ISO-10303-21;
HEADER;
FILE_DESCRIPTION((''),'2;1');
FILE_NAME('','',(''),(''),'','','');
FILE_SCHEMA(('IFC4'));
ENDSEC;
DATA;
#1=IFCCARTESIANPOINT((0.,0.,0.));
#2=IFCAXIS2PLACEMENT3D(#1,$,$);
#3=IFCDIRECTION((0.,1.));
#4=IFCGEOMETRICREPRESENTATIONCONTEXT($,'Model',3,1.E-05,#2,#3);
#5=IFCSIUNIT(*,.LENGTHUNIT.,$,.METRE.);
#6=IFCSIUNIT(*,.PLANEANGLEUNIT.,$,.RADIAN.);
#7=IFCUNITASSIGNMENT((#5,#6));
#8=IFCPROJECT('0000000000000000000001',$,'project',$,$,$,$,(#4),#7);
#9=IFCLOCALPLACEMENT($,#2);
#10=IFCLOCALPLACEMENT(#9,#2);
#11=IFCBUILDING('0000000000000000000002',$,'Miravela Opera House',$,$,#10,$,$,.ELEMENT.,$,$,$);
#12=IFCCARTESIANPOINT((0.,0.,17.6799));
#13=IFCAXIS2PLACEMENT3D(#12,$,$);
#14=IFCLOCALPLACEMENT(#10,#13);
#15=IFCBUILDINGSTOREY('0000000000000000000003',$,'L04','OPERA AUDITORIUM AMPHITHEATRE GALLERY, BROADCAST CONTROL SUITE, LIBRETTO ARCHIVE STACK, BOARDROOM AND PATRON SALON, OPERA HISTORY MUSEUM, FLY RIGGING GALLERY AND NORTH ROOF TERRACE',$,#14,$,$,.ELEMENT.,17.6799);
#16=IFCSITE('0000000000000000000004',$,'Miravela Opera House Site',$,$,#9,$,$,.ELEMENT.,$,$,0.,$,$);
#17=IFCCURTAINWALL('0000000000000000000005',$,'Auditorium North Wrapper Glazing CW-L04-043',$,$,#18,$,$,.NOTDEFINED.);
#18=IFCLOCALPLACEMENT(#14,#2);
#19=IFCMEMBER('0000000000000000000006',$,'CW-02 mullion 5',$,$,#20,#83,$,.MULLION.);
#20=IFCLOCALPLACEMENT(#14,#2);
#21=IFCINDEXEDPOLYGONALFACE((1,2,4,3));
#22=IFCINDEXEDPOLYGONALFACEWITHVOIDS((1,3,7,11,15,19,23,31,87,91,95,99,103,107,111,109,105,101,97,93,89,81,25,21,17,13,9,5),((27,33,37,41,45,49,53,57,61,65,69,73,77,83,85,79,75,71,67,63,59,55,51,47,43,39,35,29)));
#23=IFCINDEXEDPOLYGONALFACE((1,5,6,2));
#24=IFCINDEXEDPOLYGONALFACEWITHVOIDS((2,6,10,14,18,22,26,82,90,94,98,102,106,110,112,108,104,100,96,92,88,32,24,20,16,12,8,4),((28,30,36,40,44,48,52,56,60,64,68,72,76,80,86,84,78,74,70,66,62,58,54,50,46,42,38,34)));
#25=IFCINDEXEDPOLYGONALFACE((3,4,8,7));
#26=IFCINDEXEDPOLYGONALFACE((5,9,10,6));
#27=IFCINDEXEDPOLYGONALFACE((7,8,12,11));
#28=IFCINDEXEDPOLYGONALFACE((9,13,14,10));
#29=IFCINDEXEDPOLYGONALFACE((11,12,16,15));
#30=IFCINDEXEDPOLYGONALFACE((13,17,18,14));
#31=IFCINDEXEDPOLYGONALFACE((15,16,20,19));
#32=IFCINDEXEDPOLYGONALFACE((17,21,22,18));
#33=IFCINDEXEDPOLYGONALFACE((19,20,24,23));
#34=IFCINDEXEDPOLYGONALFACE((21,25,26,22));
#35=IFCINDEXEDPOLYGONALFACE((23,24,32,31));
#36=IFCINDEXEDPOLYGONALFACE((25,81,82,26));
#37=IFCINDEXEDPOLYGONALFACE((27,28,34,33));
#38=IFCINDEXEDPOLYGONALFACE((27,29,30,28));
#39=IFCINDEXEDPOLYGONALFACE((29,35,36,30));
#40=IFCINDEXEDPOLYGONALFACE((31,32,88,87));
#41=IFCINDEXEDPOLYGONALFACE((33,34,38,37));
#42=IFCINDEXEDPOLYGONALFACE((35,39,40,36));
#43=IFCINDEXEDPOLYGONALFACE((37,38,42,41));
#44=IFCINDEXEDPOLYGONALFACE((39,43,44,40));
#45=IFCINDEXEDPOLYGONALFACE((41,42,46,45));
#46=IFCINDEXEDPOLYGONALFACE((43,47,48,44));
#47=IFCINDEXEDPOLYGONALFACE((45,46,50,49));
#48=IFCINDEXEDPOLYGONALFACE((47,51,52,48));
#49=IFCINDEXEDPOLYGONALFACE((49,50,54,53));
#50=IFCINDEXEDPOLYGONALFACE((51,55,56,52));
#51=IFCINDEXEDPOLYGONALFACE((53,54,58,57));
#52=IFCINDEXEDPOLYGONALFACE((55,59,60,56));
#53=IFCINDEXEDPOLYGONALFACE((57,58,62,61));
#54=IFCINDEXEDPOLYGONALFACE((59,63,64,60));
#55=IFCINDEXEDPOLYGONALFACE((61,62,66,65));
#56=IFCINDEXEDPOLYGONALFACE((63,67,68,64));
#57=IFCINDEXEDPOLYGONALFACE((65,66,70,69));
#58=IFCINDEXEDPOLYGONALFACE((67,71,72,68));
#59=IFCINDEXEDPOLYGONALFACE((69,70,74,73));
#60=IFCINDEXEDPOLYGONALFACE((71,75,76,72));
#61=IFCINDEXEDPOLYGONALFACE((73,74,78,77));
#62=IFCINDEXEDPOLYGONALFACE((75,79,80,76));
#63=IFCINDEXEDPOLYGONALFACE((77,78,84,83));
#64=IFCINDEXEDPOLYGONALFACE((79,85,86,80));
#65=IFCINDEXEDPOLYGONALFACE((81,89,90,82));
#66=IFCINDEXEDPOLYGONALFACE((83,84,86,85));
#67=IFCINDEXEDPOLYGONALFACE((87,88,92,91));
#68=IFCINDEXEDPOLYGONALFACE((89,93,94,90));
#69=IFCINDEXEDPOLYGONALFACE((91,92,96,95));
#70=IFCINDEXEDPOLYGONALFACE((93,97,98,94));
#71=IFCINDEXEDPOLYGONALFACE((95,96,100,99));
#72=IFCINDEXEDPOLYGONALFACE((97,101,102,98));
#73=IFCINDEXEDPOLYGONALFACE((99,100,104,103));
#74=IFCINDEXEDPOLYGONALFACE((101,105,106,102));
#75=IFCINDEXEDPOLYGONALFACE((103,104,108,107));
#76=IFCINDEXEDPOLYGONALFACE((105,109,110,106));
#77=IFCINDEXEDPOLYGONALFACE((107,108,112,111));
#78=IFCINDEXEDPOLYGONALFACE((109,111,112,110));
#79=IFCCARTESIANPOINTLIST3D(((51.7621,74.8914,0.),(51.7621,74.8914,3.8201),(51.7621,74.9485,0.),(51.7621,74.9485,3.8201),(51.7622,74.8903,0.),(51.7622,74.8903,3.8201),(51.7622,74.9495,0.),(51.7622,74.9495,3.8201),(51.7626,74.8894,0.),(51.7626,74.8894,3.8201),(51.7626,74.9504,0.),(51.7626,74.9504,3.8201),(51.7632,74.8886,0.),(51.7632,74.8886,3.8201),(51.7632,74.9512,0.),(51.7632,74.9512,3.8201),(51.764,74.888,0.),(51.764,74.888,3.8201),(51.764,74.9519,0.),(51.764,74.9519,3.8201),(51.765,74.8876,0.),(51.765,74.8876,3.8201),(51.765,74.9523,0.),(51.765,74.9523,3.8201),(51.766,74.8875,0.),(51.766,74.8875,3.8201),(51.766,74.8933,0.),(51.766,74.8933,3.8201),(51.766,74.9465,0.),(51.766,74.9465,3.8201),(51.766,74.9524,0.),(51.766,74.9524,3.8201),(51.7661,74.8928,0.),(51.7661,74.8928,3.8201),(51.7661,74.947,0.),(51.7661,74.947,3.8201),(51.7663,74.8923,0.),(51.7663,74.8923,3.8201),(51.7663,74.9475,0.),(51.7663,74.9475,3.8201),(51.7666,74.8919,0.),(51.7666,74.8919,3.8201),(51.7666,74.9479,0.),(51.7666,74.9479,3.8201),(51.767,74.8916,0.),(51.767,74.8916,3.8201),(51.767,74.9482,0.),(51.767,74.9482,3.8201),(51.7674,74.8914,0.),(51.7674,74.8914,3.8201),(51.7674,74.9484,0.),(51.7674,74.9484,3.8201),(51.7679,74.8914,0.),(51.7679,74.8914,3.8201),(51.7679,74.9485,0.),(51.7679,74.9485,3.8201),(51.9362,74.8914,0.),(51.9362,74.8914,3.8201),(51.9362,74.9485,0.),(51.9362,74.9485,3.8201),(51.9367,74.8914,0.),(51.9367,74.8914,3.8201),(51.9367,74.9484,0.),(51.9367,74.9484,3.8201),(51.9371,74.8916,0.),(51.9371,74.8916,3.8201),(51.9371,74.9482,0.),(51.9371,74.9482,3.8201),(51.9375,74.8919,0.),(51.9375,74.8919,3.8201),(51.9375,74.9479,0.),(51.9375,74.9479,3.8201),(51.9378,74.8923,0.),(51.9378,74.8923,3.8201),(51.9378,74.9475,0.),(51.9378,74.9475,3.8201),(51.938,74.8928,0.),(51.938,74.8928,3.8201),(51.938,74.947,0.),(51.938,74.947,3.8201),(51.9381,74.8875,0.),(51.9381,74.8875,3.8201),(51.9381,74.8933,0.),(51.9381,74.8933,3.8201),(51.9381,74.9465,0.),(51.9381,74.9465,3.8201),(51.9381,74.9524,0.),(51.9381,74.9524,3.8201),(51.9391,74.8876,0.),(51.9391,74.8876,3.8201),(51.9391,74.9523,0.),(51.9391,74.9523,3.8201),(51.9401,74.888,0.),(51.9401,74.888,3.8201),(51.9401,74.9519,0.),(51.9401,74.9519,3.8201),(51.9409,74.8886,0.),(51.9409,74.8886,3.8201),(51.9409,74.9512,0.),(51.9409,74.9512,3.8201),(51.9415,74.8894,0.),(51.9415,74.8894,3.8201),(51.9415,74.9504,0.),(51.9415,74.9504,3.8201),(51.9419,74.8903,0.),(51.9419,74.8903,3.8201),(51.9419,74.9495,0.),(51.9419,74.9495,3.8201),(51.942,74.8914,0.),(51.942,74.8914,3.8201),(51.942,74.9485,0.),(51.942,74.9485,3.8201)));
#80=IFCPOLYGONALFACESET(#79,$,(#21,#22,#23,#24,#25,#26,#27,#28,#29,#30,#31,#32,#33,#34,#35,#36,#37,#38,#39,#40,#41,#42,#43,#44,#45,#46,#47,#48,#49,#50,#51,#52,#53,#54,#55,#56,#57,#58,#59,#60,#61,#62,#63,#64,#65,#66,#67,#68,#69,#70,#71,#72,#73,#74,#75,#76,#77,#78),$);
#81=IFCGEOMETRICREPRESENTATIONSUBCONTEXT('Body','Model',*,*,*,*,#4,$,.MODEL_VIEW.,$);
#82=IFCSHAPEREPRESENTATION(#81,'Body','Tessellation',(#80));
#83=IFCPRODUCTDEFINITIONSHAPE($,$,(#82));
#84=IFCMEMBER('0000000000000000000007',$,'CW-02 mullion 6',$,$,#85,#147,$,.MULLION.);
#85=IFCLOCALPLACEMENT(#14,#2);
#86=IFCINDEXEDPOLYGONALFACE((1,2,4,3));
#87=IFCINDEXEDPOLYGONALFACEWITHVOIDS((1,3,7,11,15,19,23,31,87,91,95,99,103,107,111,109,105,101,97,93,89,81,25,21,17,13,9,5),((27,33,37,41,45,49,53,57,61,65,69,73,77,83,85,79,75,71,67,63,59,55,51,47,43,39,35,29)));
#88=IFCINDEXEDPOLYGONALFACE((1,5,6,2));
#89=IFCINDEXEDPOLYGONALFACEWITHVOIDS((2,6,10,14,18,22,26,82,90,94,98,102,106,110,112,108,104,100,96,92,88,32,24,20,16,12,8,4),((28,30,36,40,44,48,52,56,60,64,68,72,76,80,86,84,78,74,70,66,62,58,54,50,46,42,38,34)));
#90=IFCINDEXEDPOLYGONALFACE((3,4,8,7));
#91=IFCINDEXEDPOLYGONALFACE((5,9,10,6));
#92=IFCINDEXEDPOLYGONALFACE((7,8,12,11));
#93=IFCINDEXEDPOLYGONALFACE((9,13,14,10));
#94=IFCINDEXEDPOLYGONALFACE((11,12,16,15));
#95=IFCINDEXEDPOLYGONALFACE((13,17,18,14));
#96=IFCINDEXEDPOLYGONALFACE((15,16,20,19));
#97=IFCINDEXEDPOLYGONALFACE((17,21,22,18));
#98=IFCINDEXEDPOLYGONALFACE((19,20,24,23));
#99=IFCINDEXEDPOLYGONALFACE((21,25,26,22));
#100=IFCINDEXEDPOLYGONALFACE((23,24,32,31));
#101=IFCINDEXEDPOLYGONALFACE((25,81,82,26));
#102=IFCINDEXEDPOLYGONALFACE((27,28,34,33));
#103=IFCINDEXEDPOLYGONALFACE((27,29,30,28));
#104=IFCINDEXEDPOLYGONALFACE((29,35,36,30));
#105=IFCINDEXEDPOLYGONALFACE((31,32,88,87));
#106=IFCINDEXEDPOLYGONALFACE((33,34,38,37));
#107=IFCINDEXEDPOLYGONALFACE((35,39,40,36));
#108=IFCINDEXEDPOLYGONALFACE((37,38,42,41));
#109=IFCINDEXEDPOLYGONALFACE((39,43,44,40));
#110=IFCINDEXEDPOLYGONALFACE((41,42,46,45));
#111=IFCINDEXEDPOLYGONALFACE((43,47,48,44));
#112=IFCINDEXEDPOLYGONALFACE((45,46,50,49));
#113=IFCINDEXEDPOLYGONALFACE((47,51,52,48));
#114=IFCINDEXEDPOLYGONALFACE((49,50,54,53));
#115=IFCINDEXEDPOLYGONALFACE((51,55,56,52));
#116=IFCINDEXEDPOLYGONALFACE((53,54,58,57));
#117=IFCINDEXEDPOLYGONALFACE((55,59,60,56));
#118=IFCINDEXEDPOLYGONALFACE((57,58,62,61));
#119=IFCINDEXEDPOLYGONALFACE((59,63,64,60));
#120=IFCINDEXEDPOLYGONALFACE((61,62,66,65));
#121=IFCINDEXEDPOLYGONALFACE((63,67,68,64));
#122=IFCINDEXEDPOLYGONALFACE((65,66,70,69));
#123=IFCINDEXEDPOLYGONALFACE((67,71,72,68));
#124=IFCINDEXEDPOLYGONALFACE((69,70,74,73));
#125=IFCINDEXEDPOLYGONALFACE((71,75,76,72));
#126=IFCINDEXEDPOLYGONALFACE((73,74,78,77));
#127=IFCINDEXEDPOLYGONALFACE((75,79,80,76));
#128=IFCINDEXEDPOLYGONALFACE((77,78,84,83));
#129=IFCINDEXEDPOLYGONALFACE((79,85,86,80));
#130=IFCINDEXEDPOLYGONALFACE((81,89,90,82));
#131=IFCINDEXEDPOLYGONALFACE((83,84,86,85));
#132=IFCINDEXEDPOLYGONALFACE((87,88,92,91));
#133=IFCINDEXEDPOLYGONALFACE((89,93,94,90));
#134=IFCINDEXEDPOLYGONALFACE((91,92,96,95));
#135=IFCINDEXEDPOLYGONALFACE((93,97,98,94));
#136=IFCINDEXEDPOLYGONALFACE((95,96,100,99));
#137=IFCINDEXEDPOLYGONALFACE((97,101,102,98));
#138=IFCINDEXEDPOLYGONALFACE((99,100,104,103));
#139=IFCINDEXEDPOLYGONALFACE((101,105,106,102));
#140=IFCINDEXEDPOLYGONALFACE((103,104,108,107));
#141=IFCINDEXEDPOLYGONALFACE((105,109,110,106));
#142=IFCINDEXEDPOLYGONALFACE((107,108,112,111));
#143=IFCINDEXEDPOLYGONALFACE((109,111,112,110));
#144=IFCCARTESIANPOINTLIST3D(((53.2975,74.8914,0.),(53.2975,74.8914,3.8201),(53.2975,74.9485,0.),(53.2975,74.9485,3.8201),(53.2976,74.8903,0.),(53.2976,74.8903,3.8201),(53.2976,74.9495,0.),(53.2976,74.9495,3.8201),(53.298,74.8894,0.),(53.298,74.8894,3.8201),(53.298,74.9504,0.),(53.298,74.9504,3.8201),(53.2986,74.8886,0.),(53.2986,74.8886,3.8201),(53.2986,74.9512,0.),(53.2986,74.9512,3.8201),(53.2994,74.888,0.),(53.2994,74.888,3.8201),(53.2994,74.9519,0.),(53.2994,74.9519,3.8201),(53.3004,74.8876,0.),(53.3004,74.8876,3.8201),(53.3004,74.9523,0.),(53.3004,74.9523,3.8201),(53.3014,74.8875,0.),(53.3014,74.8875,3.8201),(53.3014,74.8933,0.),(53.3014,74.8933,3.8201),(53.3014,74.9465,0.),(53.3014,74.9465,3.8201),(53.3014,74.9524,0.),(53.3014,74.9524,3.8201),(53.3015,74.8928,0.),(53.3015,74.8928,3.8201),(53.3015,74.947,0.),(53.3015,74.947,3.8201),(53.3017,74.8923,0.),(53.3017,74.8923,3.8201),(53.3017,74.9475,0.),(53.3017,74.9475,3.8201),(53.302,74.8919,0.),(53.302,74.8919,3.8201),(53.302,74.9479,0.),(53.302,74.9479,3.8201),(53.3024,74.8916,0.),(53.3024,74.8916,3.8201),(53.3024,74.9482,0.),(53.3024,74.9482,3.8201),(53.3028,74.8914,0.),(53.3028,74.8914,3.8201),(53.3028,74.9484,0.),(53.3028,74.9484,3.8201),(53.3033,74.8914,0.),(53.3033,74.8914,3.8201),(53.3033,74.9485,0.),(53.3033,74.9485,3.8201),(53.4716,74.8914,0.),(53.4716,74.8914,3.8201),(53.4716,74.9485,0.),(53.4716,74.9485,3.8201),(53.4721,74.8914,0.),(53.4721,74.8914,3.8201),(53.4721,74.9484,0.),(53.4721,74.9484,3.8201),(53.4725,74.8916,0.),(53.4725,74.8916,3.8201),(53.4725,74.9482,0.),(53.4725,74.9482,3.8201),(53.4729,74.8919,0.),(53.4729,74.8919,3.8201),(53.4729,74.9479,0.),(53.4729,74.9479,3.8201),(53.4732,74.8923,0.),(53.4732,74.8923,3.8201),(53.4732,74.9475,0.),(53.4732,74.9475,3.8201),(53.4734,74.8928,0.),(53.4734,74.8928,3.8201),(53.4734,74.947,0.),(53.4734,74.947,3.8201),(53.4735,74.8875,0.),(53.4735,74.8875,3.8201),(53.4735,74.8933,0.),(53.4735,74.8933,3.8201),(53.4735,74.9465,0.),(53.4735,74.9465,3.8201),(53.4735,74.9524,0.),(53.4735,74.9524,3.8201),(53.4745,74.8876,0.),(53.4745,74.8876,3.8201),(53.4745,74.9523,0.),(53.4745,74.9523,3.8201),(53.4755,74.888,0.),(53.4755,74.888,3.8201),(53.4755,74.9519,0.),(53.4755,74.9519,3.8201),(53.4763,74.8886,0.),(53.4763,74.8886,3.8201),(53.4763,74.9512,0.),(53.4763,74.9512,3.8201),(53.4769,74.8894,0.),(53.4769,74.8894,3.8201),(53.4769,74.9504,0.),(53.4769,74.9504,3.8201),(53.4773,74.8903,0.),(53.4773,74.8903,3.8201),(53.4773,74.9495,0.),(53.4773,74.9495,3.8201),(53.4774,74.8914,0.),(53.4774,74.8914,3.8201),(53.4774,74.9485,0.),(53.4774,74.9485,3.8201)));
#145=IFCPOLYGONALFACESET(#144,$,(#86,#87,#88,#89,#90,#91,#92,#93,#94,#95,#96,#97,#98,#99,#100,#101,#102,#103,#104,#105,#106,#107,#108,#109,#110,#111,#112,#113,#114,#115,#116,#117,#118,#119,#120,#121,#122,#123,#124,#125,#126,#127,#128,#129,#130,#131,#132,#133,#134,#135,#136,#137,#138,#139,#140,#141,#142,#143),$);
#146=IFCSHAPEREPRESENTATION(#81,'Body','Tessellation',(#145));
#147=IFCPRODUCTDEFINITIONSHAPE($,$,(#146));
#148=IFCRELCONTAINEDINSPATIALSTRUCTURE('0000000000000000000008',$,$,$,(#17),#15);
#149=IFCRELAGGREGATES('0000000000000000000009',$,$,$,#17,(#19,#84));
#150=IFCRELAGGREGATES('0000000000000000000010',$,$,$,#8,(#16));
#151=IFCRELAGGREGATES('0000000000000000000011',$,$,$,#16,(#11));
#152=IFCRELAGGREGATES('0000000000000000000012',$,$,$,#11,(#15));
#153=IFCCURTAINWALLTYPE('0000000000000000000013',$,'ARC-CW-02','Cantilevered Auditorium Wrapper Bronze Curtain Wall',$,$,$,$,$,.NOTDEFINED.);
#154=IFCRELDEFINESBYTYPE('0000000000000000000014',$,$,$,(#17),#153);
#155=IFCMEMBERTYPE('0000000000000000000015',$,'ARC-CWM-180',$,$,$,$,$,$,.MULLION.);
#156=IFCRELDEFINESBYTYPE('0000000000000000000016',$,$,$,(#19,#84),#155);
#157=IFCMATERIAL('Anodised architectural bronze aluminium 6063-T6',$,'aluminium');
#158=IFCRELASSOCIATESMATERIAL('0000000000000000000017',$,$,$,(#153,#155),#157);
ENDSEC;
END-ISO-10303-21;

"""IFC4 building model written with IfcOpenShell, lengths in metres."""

from ifc_helpers import new_model, si_unit, direction, frame, origin, origin_2d, place, context, subcontext, project, spatial, hollow_rectangle, extrude, material, material_profile, profile_set, type_object, element, aggregate, save


model = new_model("IFC4")

# Units and contexts
model_context = context("Model", 3, precision=1e-05, world=origin(), true_north=direction((0.0, 1.0)))
body_context = subcontext(model_context, "Body", "Model", "MODEL_VIEW")
ifc_project = project(units=[si_unit("LENGTHUNIT", "METRE"), si_unit("PLANEANGLEUNIT", "RADIAN")], contexts=[model_context])

# Site, building, storey
site_placement = place(None, origin())
site = spatial("IfcSite", under=ifc_project, at=site_placement, Name="Miravela Opera House Site", CompositionType="ELEMENT", RefElevation=0.0)
building_placement = place(site_placement, origin())
building = spatial("IfcBuilding", under=site, at=building_placement, Name="Miravela Opera House", CompositionType="ELEMENT")
storey_placement = place(building_placement, frame((0.0, 0.0, 17.6799)))
storey = spatial("IfcBuildingStorey", under=building, at=storey_placement, Name="L04", Description="OPERA AUDITORIUM AMPHITHEATRE GALLERY, BROADCAST CONTROL SUITE, LIBRETTO ARCHIVE STACK, BOARDROOM AND PATRON SALON, OPERA HISTORY MUSEUM, FLY RIGGING GALLERY AND NORTH ROOF TERRACE", CompositionType="ELEMENT", Elevation=17.6799)

# Curtain wall, members
ifc_material_1 = material(Name="Anodised architectural bronze aluminium 6063-T6", Category="aluminium")
curtain_wall_type = type_object("IfcCurtainWallType", Name="ARC-CW-02", Description="Cantilevered Auditorium Wrapper Bronze Curtain Wall", PredefinedType="NOTDEFINED", material=ifc_material_1)
curtain_wall_1_placement = place(storey_placement, origin())
curtain_wall_1 = element("IfcCurtainWall", 1, at=curtain_wall_1_placement, inside=storey, type_object=curtain_wall_type, Name="Auditorium North Wrapper Glazing CW-L04-043", PredefinedType="NOTDEFINED")
ifc_material_profile_1 = material_profile(ifc_material_1, hollow_rectangle(XDim=0.0649, YDim=0.1799, WallThickness=0.0039, InnerFilletRadius=0.002, OuterFilletRadius=0.0039, at=origin_2d()), Name="CWM-65X180")
ifc_profile_set_1 = profile_set([ifc_material_profile_1])
member_type_1 = type_object("IfcMemberType", Name="ARC-CWM-180", PredefinedType="MULLION", material=ifc_profile_set_1)
member_1_placement = place(storey_placement, frame((51.8521, 74.9199, 0.0), z_axis=(0.0, 0.0, 1.0), x_axis=(0.0, 1.0, 0.0)))
member_1 = element("IfcMember", 2, at=member_1_placement, type_object=member_type_1, Name="CW-02 mullion 5", PredefinedType="MULLION", context=body_context, shape_type="SweptSolid", body=[
    extrude(hollow_rectangle(XDim=0.0649, YDim=0.1799, WallThickness=0.0039, InnerFilletRadius=0.002, OuterFilletRadius=0.0039, at=origin_2d()), origin(), (0.0, 0.0, 1.0), 3.8201),
])
member_2_placement = place(storey_placement, frame((53.3875, 74.9199, 0.0), z_axis=(0.0, 0.0, 1.0), x_axis=(0.0, 1.0, 0.0)))
member_2 = element("IfcMember", 3, at=member_2_placement, type_object=member_type_1, Name="CW-02 mullion 6", PredefinedType="MULLION", context=body_context, shape_type="SweptSolid", body=[
    extrude(hollow_rectangle(XDim=0.0649, YDim=0.1799, WallThickness=0.0039, InnerFilletRadius=0.002, OuterFilletRadius=0.0039, at=origin_2d()), origin(), (0.0, 0.0, 1.0), 3.8201),
])

aggregate(curtain_wall_1, [member_1, member_2])

save(model, "model.ifc")
